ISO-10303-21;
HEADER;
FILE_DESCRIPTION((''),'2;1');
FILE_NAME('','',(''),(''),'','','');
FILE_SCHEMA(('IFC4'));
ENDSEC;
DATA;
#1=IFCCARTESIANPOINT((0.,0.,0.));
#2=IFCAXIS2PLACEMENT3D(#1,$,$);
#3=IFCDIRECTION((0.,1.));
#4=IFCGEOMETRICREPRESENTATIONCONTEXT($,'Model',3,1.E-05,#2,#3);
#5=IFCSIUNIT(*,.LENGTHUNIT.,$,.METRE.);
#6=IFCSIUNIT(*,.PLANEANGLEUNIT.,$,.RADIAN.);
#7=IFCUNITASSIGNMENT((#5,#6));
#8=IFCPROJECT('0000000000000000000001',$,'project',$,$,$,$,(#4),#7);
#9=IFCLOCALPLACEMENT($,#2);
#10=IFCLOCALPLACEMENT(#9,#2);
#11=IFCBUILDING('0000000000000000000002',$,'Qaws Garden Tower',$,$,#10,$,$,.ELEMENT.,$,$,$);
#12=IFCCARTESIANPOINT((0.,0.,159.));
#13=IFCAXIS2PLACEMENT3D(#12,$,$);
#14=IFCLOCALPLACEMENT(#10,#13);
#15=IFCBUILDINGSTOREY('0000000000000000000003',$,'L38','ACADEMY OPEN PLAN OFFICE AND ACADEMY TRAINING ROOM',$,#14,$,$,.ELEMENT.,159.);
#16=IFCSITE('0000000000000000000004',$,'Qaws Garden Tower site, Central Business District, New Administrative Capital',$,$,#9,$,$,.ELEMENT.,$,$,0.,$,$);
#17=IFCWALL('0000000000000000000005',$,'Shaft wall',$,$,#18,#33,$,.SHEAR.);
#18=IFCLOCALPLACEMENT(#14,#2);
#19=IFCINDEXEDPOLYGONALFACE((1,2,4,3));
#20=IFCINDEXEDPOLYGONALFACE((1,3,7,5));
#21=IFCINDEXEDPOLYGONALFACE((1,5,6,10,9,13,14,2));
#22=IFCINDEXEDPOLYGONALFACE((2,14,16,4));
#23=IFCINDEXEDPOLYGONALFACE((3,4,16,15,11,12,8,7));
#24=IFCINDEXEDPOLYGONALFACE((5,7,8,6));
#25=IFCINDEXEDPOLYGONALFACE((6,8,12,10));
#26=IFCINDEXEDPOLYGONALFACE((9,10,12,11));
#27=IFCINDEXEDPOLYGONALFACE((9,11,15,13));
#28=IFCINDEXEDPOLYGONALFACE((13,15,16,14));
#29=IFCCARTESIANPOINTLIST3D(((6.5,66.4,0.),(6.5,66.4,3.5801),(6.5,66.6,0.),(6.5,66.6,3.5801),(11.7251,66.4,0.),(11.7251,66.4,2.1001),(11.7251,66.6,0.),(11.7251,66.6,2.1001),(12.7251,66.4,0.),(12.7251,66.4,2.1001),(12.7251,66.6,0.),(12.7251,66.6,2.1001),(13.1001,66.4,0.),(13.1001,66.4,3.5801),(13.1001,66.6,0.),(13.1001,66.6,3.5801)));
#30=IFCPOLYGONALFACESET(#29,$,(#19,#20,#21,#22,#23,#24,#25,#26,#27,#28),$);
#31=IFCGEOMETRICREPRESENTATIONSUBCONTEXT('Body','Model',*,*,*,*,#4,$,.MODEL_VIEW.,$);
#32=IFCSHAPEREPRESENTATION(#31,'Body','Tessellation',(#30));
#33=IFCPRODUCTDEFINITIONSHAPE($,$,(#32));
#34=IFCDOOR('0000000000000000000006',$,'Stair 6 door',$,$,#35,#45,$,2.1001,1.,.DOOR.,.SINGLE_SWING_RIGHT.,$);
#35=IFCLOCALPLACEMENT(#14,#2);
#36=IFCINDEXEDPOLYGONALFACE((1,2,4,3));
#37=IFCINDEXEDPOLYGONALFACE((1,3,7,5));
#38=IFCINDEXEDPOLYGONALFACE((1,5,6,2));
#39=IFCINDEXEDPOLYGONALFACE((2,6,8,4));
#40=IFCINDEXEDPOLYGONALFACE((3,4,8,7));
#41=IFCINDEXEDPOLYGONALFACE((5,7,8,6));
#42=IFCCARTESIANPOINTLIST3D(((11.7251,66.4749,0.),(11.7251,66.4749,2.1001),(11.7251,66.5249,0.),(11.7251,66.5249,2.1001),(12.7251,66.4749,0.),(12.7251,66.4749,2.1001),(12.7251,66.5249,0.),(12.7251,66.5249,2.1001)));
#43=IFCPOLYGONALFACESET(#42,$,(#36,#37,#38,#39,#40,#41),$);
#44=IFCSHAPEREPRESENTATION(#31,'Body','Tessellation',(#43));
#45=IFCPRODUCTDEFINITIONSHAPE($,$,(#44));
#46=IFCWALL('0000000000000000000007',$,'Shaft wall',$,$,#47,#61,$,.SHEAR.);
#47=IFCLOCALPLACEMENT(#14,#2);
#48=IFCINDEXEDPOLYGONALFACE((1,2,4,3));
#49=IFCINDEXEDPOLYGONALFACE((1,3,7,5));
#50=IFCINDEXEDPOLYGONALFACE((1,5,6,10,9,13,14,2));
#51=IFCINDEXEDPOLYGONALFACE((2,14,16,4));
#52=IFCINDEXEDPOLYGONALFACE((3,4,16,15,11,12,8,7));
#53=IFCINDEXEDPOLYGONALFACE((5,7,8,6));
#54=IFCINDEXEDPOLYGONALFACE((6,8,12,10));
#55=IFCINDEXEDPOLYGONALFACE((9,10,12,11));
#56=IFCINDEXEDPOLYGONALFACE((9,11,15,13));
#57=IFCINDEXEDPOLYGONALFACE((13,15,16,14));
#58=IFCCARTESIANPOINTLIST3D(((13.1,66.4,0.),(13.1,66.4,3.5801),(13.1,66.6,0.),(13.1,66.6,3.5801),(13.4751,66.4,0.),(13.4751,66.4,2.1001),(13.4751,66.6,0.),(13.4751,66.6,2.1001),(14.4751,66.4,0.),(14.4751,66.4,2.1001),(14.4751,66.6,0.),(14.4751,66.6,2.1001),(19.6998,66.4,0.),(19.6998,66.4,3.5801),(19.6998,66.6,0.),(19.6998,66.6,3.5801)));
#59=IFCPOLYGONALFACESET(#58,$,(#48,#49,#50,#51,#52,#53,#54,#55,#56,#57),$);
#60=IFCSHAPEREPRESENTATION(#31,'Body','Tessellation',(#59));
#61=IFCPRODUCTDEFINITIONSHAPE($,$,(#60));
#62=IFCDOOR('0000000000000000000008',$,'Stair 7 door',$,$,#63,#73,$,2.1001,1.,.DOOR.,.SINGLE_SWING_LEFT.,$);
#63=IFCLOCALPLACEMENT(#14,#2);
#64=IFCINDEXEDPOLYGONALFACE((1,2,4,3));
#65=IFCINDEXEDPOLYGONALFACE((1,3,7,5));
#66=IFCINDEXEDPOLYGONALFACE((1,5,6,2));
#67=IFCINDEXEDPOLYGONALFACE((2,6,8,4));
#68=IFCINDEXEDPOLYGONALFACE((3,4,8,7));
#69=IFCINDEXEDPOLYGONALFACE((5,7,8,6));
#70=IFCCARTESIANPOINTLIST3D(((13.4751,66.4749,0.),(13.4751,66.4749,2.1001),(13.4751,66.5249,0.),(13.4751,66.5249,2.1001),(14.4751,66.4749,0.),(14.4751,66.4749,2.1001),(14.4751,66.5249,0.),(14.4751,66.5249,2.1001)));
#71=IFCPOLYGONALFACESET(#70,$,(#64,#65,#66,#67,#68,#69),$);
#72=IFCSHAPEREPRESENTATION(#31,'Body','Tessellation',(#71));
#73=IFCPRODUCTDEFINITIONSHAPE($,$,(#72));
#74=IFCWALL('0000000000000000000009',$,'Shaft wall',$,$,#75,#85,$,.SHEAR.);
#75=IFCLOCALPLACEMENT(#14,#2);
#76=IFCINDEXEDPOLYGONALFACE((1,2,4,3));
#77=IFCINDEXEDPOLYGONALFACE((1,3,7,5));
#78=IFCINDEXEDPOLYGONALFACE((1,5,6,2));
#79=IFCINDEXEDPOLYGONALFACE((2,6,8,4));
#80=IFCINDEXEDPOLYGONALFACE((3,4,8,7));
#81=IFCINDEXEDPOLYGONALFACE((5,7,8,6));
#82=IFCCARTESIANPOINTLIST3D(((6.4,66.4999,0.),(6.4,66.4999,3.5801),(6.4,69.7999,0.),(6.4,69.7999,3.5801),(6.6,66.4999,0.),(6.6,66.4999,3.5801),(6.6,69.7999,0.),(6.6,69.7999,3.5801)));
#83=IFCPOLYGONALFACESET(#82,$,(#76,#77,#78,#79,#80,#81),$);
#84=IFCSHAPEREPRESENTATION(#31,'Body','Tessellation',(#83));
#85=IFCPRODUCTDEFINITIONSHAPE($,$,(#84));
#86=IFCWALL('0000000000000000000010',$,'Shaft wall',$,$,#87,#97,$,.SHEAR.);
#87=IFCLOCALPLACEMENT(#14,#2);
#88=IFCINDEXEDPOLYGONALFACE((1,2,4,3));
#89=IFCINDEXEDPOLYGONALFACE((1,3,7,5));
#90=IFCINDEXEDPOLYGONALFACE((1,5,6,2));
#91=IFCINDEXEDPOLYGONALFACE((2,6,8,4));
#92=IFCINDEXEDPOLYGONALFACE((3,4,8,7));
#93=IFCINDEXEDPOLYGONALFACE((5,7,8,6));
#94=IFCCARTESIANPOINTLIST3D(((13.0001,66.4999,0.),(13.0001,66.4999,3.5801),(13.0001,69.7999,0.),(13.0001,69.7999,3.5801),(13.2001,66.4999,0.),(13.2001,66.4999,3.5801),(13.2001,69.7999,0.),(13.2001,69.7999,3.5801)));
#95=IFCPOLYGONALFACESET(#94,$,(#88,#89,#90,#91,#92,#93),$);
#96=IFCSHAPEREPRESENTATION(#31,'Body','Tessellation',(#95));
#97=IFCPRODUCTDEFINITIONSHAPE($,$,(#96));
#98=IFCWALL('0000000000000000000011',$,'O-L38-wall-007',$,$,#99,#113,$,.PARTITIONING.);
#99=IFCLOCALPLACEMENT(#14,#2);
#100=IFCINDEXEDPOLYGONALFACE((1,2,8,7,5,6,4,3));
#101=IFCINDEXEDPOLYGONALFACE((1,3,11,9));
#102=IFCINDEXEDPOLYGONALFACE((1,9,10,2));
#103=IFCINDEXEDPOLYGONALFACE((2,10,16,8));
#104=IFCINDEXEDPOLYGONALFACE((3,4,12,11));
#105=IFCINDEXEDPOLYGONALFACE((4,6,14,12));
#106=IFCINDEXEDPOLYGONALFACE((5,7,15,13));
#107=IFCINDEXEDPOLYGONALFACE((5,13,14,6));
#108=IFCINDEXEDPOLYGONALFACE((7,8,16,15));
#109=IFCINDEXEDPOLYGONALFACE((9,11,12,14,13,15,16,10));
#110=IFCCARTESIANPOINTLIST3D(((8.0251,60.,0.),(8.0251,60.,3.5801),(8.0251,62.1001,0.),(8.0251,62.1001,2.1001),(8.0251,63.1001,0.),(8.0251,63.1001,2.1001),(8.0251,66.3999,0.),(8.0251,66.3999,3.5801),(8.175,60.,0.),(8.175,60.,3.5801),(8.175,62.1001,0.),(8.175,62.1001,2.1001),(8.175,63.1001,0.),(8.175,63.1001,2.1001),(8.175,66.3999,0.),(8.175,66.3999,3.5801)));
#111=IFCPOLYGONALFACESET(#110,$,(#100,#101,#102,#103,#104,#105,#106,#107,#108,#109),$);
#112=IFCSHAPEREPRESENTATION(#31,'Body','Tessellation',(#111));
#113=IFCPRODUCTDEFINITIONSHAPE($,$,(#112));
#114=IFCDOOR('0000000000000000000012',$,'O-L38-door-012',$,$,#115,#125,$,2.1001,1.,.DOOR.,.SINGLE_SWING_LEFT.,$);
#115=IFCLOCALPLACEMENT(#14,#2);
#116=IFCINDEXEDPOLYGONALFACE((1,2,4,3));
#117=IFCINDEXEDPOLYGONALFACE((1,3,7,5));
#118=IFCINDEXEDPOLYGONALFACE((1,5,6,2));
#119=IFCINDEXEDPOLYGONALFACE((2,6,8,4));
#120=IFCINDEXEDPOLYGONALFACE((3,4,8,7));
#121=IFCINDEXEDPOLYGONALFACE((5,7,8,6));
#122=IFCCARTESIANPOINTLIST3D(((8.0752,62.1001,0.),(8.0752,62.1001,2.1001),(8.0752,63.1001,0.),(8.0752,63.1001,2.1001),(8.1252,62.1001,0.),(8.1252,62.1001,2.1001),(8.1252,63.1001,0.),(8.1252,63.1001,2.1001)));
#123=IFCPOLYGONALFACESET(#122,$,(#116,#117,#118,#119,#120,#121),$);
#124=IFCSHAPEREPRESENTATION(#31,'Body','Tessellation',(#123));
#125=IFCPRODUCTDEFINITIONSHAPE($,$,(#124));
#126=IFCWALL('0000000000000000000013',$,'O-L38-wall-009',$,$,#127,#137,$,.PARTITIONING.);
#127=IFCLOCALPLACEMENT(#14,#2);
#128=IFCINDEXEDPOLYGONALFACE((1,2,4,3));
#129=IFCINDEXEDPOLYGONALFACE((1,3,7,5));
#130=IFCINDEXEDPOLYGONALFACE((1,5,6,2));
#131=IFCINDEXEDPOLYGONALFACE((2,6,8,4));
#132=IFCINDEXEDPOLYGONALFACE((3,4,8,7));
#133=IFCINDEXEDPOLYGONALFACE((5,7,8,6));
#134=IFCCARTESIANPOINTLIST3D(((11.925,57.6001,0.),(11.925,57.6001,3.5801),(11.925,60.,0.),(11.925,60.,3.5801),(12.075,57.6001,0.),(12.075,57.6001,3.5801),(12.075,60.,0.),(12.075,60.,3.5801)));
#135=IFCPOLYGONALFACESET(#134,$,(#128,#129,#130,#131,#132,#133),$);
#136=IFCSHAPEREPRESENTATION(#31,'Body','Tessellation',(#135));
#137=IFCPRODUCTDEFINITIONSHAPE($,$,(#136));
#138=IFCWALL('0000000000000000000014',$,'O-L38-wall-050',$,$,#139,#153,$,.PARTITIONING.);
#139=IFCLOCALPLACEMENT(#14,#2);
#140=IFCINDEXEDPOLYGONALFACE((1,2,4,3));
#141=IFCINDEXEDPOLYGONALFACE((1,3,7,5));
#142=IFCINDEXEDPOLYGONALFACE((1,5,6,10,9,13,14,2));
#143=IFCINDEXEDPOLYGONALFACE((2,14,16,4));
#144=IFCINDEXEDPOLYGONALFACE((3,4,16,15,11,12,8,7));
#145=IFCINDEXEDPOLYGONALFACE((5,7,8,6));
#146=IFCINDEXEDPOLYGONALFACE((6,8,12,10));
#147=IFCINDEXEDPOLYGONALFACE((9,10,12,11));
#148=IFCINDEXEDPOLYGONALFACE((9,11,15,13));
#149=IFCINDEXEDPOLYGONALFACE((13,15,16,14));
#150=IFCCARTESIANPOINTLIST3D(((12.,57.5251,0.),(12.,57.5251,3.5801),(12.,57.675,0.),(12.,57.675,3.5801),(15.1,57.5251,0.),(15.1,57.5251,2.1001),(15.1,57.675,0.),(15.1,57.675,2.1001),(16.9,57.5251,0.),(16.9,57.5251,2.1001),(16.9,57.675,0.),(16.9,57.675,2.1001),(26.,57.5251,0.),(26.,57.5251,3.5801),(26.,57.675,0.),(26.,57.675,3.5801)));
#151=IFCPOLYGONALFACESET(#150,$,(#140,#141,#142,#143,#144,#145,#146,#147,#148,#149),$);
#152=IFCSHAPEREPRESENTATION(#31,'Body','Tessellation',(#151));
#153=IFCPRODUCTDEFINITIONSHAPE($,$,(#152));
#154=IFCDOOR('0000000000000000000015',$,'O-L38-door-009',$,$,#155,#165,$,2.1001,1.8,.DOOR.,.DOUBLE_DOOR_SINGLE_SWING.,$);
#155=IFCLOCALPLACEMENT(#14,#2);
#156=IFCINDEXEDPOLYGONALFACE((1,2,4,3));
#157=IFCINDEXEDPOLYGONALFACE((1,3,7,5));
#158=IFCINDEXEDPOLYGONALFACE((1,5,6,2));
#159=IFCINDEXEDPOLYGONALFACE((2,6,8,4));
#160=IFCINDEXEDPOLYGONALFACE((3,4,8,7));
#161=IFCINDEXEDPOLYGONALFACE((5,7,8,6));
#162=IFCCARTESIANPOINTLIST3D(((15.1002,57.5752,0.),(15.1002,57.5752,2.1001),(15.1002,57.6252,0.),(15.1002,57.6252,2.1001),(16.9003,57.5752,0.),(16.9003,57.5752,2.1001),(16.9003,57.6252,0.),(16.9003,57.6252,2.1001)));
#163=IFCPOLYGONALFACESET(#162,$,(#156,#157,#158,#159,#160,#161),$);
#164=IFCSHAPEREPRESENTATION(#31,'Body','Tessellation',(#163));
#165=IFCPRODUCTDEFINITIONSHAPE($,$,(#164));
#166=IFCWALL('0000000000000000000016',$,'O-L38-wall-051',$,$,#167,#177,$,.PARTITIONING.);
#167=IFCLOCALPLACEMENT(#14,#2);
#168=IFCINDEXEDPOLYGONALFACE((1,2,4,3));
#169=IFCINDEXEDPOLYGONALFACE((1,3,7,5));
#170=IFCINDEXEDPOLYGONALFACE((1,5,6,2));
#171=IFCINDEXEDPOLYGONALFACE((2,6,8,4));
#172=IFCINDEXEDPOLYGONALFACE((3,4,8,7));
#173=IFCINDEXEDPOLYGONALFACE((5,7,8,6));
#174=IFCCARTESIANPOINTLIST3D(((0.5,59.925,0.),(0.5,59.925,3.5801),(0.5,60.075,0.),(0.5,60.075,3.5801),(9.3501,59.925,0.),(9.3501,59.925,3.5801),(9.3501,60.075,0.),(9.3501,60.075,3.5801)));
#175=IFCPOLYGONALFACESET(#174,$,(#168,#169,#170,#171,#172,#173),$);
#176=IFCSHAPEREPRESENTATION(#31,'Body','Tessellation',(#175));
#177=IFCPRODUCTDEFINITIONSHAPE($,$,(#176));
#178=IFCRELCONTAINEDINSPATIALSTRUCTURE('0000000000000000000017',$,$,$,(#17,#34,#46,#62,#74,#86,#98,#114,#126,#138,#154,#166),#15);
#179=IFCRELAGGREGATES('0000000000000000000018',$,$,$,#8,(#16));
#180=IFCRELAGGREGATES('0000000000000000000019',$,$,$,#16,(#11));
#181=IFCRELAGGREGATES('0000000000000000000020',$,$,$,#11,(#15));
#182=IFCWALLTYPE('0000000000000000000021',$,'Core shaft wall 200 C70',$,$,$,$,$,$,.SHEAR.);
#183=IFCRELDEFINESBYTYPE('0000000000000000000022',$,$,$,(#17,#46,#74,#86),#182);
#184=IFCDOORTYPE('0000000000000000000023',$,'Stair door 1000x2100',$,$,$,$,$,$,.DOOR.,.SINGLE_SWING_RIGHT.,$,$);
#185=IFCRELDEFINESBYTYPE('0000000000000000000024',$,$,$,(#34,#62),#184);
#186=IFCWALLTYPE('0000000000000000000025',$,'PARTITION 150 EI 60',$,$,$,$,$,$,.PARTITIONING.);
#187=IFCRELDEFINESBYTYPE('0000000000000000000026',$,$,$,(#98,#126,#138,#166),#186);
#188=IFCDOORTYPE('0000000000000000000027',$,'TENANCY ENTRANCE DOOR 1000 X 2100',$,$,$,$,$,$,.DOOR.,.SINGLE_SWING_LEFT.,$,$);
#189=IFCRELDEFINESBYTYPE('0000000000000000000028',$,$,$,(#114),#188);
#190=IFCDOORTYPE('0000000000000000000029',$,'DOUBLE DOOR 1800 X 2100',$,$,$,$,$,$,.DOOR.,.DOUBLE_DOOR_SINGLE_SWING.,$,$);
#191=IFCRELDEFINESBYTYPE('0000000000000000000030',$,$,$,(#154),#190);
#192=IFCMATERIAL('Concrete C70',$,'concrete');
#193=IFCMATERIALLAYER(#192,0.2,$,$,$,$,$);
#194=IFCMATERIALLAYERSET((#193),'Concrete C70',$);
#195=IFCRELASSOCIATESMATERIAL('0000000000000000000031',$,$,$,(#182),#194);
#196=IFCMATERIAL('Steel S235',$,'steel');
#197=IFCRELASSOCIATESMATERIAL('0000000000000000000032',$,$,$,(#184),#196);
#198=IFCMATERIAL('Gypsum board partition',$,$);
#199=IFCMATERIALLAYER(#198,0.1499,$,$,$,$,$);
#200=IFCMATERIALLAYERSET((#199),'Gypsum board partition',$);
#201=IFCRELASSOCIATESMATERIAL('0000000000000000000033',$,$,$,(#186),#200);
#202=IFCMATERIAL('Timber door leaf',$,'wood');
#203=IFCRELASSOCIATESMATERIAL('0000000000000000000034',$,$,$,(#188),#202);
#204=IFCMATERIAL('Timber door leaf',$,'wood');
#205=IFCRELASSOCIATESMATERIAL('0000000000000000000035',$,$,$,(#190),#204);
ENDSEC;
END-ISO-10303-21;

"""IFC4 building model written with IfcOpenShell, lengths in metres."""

from ifc_helpers import new_model, si_unit, direction, frame, frame_2d, origin, place, context, subcontext, project, spatial, rectangle, extrude, material, layer, layer_set, type_object, element, fill, save


model = new_model("IFC4")

# Units and contexts
model_context = context("Model", 3, precision=1e-05, world=origin(), true_north=direction((0.0, 1.0)))
body_context = subcontext(model_context, "Body", "Model", "MODEL_VIEW")
ifc_project = project(units=[si_unit("LENGTHUNIT", "METRE"), si_unit("PLANEANGLEUNIT", "RADIAN")], contexts=[model_context])

# Site, building, storey
site_placement = place(None, origin())
site = spatial("IfcSite", under=ifc_project, at=site_placement, Name="Qaws Garden Tower site, Central Business District, New Administrative Capital", CompositionType="ELEMENT", RefElevation=0.0)
building_placement = place(site_placement, origin())
building = spatial("IfcBuilding", under=site, at=building_placement, Name="Qaws Garden Tower", CompositionType="ELEMENT")
storey_placement = place(building_placement, frame((0.0, 0.0, 159.0)))
storey = spatial("IfcBuildingStorey", under=building, at=storey_placement, Name="L38", Description="ACADEMY OPEN PLAN OFFICE AND ACADEMY TRAINING ROOM", CompositionType="ELEMENT", Elevation=159.0)

# Walls, openings, doors
ifc_material_1 = material(Name="Concrete C70", Category="concrete")
ifc_layer_1 = layer(ifc_material_1, 0.2)
ifc_layer_set_1 = layer_set([ifc_layer_1], Name="Concrete C70")
wall_type_1 = type_object("IfcWallType", Name="Core shaft wall 200 C70", PredefinedType="SHEAR", material=ifc_layer_set_1)
wall_1_placement = place(storey_placement, frame((6.5, 66.5, 0.0), z_axis=(0.0, 0.0, 1.0), x_axis=(1.0, 0.0, 0.0)))
wall_1 = element("IfcWall", 1, at=wall_1_placement, inside=storey, type_object=wall_type_1, Name="Shaft wall", PredefinedType="SHEAR", context=body_context, shape_type="SweptSolid", body=[
    extrude(rectangle(XDim=6.6001, YDim=0.2, at=frame_2d((3.3, 0.0))), origin(), (0.0, 0.0, 1.0), 3.5801),
])
opening_1_placement = place(wall_1_placement, frame((5.2251, 0.0, 0.0)))
opening_1 = element("IfcOpeningElement", 2, at=opening_1_placement, cuts=wall_1, PredefinedType="OPENING", context=body_context, shape_type="SweptSolid", body=[
    extrude(rectangle(XDim=1.0, YDim=2.1001, at=frame_2d((0.5, 1.05))), frame((0.0, 0.1099, 0.0), z_axis=(0.0, -1.0, 0.0), x_axis=(1.0, 0.0, 0.0)), (0.0, 0.0, 1.0), 0.22),
])
ifc_material_2 = material(Name="Steel S235", Category="steel")
door_type_1 = type_object("IfcDoorType", Name="Stair door 1000x2100", OperationType="SINGLE_SWING_RIGHT", PredefinedType="DOOR", material=ifc_material_2)
door_1_placement = place(opening_1_placement, origin())
door_1 = element("IfcDoor", 3, at=door_1_placement, inside=storey, type_object=door_type_1, Name="Stair 6 door", OperationType="SINGLE_SWING_RIGHT", OverallHeight=2.1001, OverallWidth=1.0, PredefinedType="DOOR", context=body_context, shape_type="SweptSolid", body=[
    extrude(rectangle(XDim=1.0, YDim=2.1001, at=frame_2d((0.5, 1.05))), frame((0.0, 0.0249, 0.0), z_axis=(0.0, -1.0, 0.0), x_axis=(1.0, 0.0, 0.0)), (0.0, 0.0, 1.0), 0.05),
])
fill(opening_1, door_1)
wall_2_placement = place(storey_placement, frame((13.1001, 66.5, 0.0), z_axis=(0.0, 0.0, 1.0), x_axis=(1.0, 0.0, 0.0)))
wall_2 = element("IfcWall", 4, at=wall_2_placement, inside=storey, type_object=wall_type_1, Name="Shaft wall", PredefinedType="SHEAR", context=body_context, shape_type="SweptSolid", body=[
    extrude(rectangle(XDim=6.5999, YDim=0.2, at=frame_2d((3.2998, 0.0))), origin(), (0.0, 0.0, 1.0), 3.5801),
])
opening_2_placement = place(wall_2_placement, frame((0.375, 0.0, 0.0)))
opening_2 = element("IfcOpeningElement", 5, at=opening_2_placement, cuts=wall_2, PredefinedType="OPENING", context=body_context, shape_type="SweptSolid", body=[
    extrude(rectangle(XDim=1.0, YDim=2.1001, at=frame_2d((0.5, 1.05))), frame((0.0, 0.1099, 0.0), z_axis=(0.0, -1.0, 0.0), x_axis=(1.0, 0.0, 0.0)), (0.0, 0.0, 1.0), 0.22),
])
door_2_placement = place(opening_2_placement, origin())
door_2 = element("IfcDoor", 6, at=door_2_placement, inside=storey, type_object=door_type_1, Name="Stair 7 door", OperationType="SINGLE_SWING_LEFT", OverallHeight=2.1001, OverallWidth=1.0, PredefinedType="DOOR", context=body_context, shape_type="SweptSolid", body=[
    extrude(rectangle(XDim=1.0, YDim=2.1001, at=frame_2d((0.5, 1.05))), frame((0.0, 0.0249, 0.0), z_axis=(0.0, -1.0, 0.0), x_axis=(1.0, 0.0, 0.0)), (0.0, 0.0, 1.0), 0.05),
])
fill(opening_2, door_2)

# Walls
for number, where, z_axis, x_axis, name in (
    (7, (6.5, 66.5, 0.0), (0.0, 0.0, 1.0), (0.0, 1.0, 0.0), "Shaft wall"),
    (8, (13.1001, 66.5, 0.0), (0.0, 0.0, 1.0), (0.0, 1.0, 0.0), "Shaft wall"),
):
    element("IfcWall", number, at=place(storey_placement, frame(where, z_axis=z_axis, x_axis=x_axis)), inside=storey, type_object=wall_type_1, Name=name, PredefinedType="SHEAR", context=body_context, shape_type="SweptSolid", body=[
        extrude(rectangle(XDim=3.3, YDim=0.2, at=frame_2d((1.6499, 0.0))), origin(), (0.0, 0.0, 1.0), 3.5801),
    ])

# Wall, opening, door
ifc_material_3 = material(Name="Gypsum board partition")
ifc_layer_2 = layer(ifc_material_3, 0.1499)
ifc_layer_set_2 = layer_set([ifc_layer_2], Name="Gypsum board partition")
wall_type_2 = type_object("IfcWallType", Name="PARTITION 150 EI 60", PredefinedType="PARTITIONING", material=ifc_layer_set_2)
wall_3_placement = place(storey_placement, frame((8.1001, 60.0, 0.0), z_axis=(0.0, 0.0, 1.0), x_axis=(0.0, 1.0, 0.0)))
wall_3 = element("IfcWall", 9, at=wall_3_placement, inside=storey, type_object=wall_type_2, Name="O-L38-wall-007", PredefinedType="PARTITIONING", context=body_context, shape_type="SweptSolid", body=[
    extrude(rectangle(XDim=6.3999, YDim=0.1499, at=frame_2d((3.2, 0.0))), origin(), (0.0, 0.0, 1.0), 3.5801),
])
opening_3_placement = place(wall_3_placement, frame((2.1001, 0.0, 0.0)))
opening_3 = element("IfcOpeningElement", 10, at=opening_3_placement, cuts=wall_3, PredefinedType="OPENING", context=body_context, shape_type="SweptSolid", body=[
    extrude(rectangle(XDim=1.0, YDim=2.1001, at=frame_2d((0.5, 1.05))), frame((0.0, 0.085, 0.0), z_axis=(0.0, -1.0, 0.0), x_axis=(1.0, 0.0, 0.0)), (0.0, 0.0, 1.0), 0.1699),
])
ifc_material_4 = material(Name="Timber door leaf", Category="wood")
door_type_2 = type_object("IfcDoorType", Name="TENANCY ENTRANCE DOOR 1000 X 2100", OperationType="SINGLE_SWING_LEFT", PredefinedType="DOOR", material=ifc_material_4)
door_3_placement = place(opening_3_placement, origin())
door_3 = element("IfcDoor", 11, at=door_3_placement, inside=storey, type_object=door_type_2, Name="O-L38-door-012", OperationType="SINGLE_SWING_LEFT", OverallHeight=2.1001, OverallWidth=1.0, PredefinedType="DOOR", context=body_context, shape_type="SweptSolid", body=[
    extrude(rectangle(XDim=1.0, YDim=2.1001, at=frame_2d((0.5, 1.05))), frame((0.0, 0.0249, 0.0), z_axis=(0.0, -1.0, 0.0), x_axis=(1.0, 0.0, 0.0)), (0.0, 0.0, 1.0), 0.05),
])
fill(opening_3, door_3)

# Wall
wall_4_placement = place(storey_placement, frame((12.0, 57.6001, 0.0), z_axis=(0.0, 0.0, 1.0), x_axis=(0.0, 1.0, 0.0)))
element("IfcWall", 12, at=wall_4_placement, inside=storey, type_object=wall_type_2, Name="O-L38-wall-009", PredefinedType="PARTITIONING", context=body_context, shape_type="SweptSolid", body=[
    extrude(rectangle(XDim=2.3999, YDim=0.1499, at=frame_2d((1.2, 0.0))), origin(), (0.0, 0.0, 1.0), 3.5801),
])

# Wall, opening, door
wall_5_placement = place(storey_placement, frame((12.0, 57.6001, 0.0), z_axis=(0.0, 0.0, 1.0), x_axis=(1.0, 0.0, 0.0)))
wall_5 = element("IfcWall", 13, at=wall_5_placement, inside=storey, type_object=wall_type_2, Name="O-L38-wall-050", PredefinedType="PARTITIONING", context=body_context, shape_type="SweptSolid", body=[
    extrude(rectangle(XDim=14.0, YDim=0.1499, at=frame_2d((7.0, 0.0))), origin(), (0.0, 0.0, 1.0), 3.5801),
])
opening_4_placement = place(wall_5_placement, frame((3.1001, 0.0, 0.0)))
opening_4 = element("IfcOpeningElement", 14, at=opening_4_placement, cuts=wall_5, PredefinedType="OPENING", context=body_context, shape_type="SweptSolid", body=[
    extrude(rectangle(XDim=1.8, YDim=2.1001, at=frame_2d((0.8999, 1.05))), frame((0.0, 0.085, 0.0), z_axis=(0.0, -1.0, 0.0), x_axis=(1.0, 0.0, 0.0)), (0.0, 0.0, 1.0), 0.1699),
])
ifc_material_5 = material(Name="Timber door leaf", Category="wood")
door_type_3 = type_object("IfcDoorType", Name="DOUBLE DOOR 1800 X 2100", OperationType="DOUBLE_DOOR_SINGLE_SWING", PredefinedType="DOOR", material=ifc_material_5)
door_4_placement = place(opening_4_placement, frame((1.8, 0.0, 0.0), z_axis=(0.0, 0.0, 1.0), x_axis=(-1.0, 0.0, 0.0)))
door_4 = element("IfcDoor", 15, at=door_4_placement, inside=storey, type_object=door_type_3, Name="O-L38-door-009", OperationType="DOUBLE_DOOR_SINGLE_SWING", OverallHeight=2.1001, OverallWidth=1.8, PredefinedType="DOOR", context=body_context, shape_type="SweptSolid", body=[
    extrude(rectangle(XDim=1.8, YDim=2.1001, at=frame_2d((0.8999, 1.05))), frame((0.0, 0.0249, 0.0), z_axis=(0.0, -1.0, 0.0), x_axis=(1.0, 0.0, 0.0)), (0.0, 0.0, 1.0), 0.05),
])
fill(opening_4, door_4)

# Wall
wall_6_placement = place(storey_placement, frame((0.5, 60.0, 0.0), z_axis=(0.0, 0.0, 1.0), x_axis=(1.0, 0.0, 0.0)))
element("IfcWall", 16, at=wall_6_placement, inside=storey, type_object=wall_type_2, Name="O-L38-wall-051", PredefinedType="PARTITIONING", context=body_context, shape_type="SweptSolid", body=[
    extrude(rectangle(XDim=8.8501, YDim=0.1499, at=frame_2d((4.425, 0.0))), origin(), (0.0, 0.0, 1.0), 3.5801),
])

save(model, "model.ifc")
